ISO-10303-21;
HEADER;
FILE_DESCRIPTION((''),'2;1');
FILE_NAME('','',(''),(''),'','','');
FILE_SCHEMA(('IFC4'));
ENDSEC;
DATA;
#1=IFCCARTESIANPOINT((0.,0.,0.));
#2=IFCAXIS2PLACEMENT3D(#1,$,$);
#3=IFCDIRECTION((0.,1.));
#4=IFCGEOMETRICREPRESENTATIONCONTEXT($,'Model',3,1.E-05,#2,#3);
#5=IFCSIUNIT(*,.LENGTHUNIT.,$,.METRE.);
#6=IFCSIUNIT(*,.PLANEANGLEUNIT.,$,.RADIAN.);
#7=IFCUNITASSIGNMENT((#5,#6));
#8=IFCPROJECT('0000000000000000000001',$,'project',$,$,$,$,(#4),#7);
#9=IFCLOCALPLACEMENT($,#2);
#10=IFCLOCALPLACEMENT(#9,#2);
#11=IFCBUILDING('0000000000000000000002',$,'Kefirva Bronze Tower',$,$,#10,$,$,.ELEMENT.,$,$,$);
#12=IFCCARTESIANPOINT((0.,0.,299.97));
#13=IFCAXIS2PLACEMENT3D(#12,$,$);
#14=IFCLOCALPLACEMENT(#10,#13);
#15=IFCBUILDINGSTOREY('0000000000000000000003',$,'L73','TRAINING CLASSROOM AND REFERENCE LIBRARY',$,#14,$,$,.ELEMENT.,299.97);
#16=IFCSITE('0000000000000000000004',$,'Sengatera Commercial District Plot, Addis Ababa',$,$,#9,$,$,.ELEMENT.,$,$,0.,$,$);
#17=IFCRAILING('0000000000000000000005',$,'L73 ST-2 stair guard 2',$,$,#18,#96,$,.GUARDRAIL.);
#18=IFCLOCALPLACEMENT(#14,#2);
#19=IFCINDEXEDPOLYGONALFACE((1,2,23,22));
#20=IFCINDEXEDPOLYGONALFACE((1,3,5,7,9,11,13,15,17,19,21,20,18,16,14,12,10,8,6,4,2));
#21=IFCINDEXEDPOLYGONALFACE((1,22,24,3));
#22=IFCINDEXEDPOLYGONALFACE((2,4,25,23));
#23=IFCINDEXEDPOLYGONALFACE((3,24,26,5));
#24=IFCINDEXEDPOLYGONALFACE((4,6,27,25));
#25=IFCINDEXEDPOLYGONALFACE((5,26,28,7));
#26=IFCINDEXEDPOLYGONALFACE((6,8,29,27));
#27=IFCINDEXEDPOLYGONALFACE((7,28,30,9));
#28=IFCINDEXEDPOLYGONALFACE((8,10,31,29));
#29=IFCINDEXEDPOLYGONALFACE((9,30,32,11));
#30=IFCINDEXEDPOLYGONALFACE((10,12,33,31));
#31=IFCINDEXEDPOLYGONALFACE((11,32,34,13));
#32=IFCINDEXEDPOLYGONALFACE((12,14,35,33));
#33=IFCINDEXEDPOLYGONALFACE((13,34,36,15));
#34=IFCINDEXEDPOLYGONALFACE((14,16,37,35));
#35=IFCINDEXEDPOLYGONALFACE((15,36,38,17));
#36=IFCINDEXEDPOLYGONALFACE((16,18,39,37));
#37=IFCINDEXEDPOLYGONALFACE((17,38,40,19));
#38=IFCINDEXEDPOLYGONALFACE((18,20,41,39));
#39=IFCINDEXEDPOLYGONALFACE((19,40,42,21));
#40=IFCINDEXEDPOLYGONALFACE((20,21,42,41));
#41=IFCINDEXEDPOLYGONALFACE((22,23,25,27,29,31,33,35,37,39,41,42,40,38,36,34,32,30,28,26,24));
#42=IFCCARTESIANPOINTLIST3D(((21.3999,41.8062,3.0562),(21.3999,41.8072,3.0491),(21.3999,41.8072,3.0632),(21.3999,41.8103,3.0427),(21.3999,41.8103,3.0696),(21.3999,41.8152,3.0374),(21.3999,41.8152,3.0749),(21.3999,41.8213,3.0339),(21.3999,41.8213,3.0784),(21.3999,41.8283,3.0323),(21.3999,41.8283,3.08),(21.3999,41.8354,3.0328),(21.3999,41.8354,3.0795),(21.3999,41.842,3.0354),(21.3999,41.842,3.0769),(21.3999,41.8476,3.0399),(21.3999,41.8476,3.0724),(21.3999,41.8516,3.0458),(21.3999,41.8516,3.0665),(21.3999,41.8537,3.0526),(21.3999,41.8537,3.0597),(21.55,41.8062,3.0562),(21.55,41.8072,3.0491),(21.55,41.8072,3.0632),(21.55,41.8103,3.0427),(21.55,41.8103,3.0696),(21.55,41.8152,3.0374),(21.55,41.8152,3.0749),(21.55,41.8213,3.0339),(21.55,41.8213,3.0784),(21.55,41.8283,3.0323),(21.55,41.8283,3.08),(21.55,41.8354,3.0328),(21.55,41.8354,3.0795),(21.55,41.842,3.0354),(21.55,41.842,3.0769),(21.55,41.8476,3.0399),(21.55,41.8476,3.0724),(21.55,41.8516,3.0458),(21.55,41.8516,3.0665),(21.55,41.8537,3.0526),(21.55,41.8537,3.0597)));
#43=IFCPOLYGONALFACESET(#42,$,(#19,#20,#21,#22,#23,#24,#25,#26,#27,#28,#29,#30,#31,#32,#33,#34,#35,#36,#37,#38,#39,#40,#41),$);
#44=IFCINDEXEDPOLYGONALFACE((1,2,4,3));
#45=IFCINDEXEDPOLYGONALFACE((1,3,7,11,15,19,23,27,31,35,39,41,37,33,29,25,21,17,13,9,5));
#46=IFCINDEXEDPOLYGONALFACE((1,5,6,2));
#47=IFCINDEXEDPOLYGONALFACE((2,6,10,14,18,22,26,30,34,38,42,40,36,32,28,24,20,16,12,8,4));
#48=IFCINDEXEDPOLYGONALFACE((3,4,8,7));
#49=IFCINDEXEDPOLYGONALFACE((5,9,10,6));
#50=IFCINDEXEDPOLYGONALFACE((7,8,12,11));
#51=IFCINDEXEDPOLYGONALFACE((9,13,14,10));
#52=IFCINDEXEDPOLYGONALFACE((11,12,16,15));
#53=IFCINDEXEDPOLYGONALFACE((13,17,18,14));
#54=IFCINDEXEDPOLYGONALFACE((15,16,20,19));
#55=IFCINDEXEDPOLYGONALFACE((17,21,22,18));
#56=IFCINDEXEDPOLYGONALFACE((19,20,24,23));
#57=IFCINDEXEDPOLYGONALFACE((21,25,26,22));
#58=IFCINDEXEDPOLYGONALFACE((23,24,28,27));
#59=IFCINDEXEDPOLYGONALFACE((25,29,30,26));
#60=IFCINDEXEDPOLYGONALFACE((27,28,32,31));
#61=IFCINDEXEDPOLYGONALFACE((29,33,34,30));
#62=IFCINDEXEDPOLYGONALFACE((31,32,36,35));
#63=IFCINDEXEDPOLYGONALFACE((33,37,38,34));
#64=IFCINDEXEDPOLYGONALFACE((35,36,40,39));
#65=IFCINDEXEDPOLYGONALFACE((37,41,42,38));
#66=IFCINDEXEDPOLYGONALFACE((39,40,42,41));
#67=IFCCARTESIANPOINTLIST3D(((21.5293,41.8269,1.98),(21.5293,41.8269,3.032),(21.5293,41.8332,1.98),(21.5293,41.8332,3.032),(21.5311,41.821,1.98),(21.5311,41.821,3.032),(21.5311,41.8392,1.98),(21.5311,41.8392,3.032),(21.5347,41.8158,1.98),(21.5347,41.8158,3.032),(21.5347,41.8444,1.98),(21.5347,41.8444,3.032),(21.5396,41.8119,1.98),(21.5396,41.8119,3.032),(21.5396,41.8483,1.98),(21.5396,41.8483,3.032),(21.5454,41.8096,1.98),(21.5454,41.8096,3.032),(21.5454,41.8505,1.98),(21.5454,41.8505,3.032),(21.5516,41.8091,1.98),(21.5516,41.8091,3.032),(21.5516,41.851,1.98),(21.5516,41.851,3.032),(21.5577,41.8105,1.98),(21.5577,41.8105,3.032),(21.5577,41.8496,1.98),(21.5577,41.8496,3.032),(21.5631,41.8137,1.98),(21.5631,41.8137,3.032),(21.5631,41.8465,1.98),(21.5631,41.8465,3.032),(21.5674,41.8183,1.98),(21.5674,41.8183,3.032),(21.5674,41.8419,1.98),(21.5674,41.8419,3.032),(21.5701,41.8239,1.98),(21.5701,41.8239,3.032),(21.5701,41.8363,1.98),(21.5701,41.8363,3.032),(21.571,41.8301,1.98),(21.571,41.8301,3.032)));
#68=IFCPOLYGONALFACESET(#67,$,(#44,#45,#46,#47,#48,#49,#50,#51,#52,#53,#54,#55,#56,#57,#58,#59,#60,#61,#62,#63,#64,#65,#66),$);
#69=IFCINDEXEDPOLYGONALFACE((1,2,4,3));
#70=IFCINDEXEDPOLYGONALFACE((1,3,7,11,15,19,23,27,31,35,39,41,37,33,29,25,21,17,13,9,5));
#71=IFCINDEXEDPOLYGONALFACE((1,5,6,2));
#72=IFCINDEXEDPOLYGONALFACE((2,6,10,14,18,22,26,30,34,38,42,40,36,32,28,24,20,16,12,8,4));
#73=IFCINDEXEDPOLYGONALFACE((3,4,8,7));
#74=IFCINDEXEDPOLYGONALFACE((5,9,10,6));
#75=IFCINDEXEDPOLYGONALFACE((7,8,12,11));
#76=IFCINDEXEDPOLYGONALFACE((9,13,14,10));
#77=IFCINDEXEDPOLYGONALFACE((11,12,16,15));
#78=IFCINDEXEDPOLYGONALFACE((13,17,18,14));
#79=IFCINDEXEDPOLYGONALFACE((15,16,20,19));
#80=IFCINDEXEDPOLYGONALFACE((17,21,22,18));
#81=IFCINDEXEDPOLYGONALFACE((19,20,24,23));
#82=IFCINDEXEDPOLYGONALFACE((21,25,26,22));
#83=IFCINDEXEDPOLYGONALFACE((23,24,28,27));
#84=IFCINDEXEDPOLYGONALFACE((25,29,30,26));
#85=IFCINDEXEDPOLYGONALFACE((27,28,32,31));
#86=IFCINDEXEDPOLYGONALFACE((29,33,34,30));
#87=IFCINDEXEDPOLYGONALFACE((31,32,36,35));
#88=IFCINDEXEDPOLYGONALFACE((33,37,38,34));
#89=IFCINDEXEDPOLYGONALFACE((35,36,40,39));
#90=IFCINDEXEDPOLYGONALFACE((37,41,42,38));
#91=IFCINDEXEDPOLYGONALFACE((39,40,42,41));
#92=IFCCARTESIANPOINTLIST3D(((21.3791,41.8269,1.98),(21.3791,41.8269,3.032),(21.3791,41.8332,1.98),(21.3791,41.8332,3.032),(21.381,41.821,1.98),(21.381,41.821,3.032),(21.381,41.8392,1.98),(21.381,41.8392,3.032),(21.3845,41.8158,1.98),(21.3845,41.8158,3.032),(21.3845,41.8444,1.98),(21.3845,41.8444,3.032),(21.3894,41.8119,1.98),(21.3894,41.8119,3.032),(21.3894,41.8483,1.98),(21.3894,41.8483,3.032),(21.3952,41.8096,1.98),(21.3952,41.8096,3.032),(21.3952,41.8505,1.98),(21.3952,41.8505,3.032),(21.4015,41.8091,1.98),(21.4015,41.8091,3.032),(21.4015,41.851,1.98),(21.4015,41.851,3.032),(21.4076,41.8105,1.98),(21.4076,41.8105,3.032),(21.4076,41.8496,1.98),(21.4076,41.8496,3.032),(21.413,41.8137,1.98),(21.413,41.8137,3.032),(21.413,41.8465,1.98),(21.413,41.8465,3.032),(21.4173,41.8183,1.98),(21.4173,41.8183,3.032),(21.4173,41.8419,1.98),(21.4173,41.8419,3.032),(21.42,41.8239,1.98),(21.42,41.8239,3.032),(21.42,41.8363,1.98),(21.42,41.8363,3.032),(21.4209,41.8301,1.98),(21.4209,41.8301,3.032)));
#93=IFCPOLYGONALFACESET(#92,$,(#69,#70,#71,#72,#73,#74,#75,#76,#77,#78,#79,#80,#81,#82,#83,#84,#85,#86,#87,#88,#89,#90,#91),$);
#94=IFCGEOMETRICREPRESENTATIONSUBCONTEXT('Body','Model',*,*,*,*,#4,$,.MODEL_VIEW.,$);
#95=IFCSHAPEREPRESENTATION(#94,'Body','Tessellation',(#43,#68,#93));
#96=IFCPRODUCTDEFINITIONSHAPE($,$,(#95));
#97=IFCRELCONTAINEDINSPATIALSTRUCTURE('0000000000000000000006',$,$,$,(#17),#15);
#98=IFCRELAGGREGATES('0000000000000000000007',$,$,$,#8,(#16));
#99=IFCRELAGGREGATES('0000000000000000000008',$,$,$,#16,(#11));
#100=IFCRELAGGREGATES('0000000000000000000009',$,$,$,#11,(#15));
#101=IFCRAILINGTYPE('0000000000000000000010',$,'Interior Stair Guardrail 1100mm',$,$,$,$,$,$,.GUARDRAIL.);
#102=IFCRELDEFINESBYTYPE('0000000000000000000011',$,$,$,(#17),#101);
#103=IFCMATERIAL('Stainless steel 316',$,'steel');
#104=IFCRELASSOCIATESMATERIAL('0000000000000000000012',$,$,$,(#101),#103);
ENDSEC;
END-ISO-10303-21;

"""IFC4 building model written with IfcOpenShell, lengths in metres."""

from ifc_helpers import new_model, si_unit, direction, frame, origin, origin_2d, place, context, subcontext, project, spatial, circle, extrude, material, type_object, element, save


model = new_model("IFC4")

# Units and contexts
model_context = context("Model", 3, precision=1e-05, world=origin(), true_north=direction((0.0, 1.0)))
body_context = subcontext(model_context, "Body", "Model", "MODEL_VIEW")
ifc_project = project(units=[si_unit("LENGTHUNIT", "METRE"), si_unit("PLANEANGLEUNIT", "RADIAN")], contexts=[model_context])

# Site, building, storey
site_placement = place(None, origin())
site = spatial("IfcSite", under=ifc_project, at=site_placement, Name="Sengatera Commercial District Plot, Addis Ababa", CompositionType="ELEMENT", RefElevation=0.0)
building_placement = place(site_placement, origin())
building = spatial("IfcBuilding", under=site, at=building_placement, Name="Kefirva Bronze Tower", CompositionType="ELEMENT")
storey_placement = place(building_placement, frame((0.0, 0.0, 299.97)))
storey = spatial("IfcBuildingStorey", under=building, at=storey_placement, Name="L73", Description="TRAINING CLASSROOM AND REFERENCE LIBRARY", CompositionType="ELEMENT", Elevation=299.97)

# Shared definitions
ifc_material_1 = material(Name="Stainless steel 316", Category="steel")

# Railing
railing_type_1 = type_object("IfcRailingType", Name="Interior Stair Guardrail 1100mm", PredefinedType="GUARDRAIL", material=ifc_material_1)
railing_1_placement = place(storey_placement, frame((21.55, 41.8301, 1.98)))
element("IfcRailing", 1, at=railing_1_placement, inside=storey, type_object=railing_type_1, Name="L73 ST-2 stair guard 2", PredefinedType="GUARDRAIL", context=body_context, shape_type="SweptSolid", body=[
    extrude(circle(Radius=0.0239, at=origin_2d()), frame((0.0, 0.0, 1.0762), z_axis=(-1.0, 0.0, 0.0), x_axis=(0.0, -1.0, 0.0)), (0.0, 0.0, 1.0), 0.1501),
    extrude(circle(Radius=0.021, at=origin_2d()), origin(), (0.0, 0.0, 1.0), 1.052),
    extrude(circle(Radius=0.021, at=origin_2d()), frame((-0.1501, 0.0, 0.0)), (0.0, 0.0, 1.0), 1.052),
])

save(model, "model.ifc")
